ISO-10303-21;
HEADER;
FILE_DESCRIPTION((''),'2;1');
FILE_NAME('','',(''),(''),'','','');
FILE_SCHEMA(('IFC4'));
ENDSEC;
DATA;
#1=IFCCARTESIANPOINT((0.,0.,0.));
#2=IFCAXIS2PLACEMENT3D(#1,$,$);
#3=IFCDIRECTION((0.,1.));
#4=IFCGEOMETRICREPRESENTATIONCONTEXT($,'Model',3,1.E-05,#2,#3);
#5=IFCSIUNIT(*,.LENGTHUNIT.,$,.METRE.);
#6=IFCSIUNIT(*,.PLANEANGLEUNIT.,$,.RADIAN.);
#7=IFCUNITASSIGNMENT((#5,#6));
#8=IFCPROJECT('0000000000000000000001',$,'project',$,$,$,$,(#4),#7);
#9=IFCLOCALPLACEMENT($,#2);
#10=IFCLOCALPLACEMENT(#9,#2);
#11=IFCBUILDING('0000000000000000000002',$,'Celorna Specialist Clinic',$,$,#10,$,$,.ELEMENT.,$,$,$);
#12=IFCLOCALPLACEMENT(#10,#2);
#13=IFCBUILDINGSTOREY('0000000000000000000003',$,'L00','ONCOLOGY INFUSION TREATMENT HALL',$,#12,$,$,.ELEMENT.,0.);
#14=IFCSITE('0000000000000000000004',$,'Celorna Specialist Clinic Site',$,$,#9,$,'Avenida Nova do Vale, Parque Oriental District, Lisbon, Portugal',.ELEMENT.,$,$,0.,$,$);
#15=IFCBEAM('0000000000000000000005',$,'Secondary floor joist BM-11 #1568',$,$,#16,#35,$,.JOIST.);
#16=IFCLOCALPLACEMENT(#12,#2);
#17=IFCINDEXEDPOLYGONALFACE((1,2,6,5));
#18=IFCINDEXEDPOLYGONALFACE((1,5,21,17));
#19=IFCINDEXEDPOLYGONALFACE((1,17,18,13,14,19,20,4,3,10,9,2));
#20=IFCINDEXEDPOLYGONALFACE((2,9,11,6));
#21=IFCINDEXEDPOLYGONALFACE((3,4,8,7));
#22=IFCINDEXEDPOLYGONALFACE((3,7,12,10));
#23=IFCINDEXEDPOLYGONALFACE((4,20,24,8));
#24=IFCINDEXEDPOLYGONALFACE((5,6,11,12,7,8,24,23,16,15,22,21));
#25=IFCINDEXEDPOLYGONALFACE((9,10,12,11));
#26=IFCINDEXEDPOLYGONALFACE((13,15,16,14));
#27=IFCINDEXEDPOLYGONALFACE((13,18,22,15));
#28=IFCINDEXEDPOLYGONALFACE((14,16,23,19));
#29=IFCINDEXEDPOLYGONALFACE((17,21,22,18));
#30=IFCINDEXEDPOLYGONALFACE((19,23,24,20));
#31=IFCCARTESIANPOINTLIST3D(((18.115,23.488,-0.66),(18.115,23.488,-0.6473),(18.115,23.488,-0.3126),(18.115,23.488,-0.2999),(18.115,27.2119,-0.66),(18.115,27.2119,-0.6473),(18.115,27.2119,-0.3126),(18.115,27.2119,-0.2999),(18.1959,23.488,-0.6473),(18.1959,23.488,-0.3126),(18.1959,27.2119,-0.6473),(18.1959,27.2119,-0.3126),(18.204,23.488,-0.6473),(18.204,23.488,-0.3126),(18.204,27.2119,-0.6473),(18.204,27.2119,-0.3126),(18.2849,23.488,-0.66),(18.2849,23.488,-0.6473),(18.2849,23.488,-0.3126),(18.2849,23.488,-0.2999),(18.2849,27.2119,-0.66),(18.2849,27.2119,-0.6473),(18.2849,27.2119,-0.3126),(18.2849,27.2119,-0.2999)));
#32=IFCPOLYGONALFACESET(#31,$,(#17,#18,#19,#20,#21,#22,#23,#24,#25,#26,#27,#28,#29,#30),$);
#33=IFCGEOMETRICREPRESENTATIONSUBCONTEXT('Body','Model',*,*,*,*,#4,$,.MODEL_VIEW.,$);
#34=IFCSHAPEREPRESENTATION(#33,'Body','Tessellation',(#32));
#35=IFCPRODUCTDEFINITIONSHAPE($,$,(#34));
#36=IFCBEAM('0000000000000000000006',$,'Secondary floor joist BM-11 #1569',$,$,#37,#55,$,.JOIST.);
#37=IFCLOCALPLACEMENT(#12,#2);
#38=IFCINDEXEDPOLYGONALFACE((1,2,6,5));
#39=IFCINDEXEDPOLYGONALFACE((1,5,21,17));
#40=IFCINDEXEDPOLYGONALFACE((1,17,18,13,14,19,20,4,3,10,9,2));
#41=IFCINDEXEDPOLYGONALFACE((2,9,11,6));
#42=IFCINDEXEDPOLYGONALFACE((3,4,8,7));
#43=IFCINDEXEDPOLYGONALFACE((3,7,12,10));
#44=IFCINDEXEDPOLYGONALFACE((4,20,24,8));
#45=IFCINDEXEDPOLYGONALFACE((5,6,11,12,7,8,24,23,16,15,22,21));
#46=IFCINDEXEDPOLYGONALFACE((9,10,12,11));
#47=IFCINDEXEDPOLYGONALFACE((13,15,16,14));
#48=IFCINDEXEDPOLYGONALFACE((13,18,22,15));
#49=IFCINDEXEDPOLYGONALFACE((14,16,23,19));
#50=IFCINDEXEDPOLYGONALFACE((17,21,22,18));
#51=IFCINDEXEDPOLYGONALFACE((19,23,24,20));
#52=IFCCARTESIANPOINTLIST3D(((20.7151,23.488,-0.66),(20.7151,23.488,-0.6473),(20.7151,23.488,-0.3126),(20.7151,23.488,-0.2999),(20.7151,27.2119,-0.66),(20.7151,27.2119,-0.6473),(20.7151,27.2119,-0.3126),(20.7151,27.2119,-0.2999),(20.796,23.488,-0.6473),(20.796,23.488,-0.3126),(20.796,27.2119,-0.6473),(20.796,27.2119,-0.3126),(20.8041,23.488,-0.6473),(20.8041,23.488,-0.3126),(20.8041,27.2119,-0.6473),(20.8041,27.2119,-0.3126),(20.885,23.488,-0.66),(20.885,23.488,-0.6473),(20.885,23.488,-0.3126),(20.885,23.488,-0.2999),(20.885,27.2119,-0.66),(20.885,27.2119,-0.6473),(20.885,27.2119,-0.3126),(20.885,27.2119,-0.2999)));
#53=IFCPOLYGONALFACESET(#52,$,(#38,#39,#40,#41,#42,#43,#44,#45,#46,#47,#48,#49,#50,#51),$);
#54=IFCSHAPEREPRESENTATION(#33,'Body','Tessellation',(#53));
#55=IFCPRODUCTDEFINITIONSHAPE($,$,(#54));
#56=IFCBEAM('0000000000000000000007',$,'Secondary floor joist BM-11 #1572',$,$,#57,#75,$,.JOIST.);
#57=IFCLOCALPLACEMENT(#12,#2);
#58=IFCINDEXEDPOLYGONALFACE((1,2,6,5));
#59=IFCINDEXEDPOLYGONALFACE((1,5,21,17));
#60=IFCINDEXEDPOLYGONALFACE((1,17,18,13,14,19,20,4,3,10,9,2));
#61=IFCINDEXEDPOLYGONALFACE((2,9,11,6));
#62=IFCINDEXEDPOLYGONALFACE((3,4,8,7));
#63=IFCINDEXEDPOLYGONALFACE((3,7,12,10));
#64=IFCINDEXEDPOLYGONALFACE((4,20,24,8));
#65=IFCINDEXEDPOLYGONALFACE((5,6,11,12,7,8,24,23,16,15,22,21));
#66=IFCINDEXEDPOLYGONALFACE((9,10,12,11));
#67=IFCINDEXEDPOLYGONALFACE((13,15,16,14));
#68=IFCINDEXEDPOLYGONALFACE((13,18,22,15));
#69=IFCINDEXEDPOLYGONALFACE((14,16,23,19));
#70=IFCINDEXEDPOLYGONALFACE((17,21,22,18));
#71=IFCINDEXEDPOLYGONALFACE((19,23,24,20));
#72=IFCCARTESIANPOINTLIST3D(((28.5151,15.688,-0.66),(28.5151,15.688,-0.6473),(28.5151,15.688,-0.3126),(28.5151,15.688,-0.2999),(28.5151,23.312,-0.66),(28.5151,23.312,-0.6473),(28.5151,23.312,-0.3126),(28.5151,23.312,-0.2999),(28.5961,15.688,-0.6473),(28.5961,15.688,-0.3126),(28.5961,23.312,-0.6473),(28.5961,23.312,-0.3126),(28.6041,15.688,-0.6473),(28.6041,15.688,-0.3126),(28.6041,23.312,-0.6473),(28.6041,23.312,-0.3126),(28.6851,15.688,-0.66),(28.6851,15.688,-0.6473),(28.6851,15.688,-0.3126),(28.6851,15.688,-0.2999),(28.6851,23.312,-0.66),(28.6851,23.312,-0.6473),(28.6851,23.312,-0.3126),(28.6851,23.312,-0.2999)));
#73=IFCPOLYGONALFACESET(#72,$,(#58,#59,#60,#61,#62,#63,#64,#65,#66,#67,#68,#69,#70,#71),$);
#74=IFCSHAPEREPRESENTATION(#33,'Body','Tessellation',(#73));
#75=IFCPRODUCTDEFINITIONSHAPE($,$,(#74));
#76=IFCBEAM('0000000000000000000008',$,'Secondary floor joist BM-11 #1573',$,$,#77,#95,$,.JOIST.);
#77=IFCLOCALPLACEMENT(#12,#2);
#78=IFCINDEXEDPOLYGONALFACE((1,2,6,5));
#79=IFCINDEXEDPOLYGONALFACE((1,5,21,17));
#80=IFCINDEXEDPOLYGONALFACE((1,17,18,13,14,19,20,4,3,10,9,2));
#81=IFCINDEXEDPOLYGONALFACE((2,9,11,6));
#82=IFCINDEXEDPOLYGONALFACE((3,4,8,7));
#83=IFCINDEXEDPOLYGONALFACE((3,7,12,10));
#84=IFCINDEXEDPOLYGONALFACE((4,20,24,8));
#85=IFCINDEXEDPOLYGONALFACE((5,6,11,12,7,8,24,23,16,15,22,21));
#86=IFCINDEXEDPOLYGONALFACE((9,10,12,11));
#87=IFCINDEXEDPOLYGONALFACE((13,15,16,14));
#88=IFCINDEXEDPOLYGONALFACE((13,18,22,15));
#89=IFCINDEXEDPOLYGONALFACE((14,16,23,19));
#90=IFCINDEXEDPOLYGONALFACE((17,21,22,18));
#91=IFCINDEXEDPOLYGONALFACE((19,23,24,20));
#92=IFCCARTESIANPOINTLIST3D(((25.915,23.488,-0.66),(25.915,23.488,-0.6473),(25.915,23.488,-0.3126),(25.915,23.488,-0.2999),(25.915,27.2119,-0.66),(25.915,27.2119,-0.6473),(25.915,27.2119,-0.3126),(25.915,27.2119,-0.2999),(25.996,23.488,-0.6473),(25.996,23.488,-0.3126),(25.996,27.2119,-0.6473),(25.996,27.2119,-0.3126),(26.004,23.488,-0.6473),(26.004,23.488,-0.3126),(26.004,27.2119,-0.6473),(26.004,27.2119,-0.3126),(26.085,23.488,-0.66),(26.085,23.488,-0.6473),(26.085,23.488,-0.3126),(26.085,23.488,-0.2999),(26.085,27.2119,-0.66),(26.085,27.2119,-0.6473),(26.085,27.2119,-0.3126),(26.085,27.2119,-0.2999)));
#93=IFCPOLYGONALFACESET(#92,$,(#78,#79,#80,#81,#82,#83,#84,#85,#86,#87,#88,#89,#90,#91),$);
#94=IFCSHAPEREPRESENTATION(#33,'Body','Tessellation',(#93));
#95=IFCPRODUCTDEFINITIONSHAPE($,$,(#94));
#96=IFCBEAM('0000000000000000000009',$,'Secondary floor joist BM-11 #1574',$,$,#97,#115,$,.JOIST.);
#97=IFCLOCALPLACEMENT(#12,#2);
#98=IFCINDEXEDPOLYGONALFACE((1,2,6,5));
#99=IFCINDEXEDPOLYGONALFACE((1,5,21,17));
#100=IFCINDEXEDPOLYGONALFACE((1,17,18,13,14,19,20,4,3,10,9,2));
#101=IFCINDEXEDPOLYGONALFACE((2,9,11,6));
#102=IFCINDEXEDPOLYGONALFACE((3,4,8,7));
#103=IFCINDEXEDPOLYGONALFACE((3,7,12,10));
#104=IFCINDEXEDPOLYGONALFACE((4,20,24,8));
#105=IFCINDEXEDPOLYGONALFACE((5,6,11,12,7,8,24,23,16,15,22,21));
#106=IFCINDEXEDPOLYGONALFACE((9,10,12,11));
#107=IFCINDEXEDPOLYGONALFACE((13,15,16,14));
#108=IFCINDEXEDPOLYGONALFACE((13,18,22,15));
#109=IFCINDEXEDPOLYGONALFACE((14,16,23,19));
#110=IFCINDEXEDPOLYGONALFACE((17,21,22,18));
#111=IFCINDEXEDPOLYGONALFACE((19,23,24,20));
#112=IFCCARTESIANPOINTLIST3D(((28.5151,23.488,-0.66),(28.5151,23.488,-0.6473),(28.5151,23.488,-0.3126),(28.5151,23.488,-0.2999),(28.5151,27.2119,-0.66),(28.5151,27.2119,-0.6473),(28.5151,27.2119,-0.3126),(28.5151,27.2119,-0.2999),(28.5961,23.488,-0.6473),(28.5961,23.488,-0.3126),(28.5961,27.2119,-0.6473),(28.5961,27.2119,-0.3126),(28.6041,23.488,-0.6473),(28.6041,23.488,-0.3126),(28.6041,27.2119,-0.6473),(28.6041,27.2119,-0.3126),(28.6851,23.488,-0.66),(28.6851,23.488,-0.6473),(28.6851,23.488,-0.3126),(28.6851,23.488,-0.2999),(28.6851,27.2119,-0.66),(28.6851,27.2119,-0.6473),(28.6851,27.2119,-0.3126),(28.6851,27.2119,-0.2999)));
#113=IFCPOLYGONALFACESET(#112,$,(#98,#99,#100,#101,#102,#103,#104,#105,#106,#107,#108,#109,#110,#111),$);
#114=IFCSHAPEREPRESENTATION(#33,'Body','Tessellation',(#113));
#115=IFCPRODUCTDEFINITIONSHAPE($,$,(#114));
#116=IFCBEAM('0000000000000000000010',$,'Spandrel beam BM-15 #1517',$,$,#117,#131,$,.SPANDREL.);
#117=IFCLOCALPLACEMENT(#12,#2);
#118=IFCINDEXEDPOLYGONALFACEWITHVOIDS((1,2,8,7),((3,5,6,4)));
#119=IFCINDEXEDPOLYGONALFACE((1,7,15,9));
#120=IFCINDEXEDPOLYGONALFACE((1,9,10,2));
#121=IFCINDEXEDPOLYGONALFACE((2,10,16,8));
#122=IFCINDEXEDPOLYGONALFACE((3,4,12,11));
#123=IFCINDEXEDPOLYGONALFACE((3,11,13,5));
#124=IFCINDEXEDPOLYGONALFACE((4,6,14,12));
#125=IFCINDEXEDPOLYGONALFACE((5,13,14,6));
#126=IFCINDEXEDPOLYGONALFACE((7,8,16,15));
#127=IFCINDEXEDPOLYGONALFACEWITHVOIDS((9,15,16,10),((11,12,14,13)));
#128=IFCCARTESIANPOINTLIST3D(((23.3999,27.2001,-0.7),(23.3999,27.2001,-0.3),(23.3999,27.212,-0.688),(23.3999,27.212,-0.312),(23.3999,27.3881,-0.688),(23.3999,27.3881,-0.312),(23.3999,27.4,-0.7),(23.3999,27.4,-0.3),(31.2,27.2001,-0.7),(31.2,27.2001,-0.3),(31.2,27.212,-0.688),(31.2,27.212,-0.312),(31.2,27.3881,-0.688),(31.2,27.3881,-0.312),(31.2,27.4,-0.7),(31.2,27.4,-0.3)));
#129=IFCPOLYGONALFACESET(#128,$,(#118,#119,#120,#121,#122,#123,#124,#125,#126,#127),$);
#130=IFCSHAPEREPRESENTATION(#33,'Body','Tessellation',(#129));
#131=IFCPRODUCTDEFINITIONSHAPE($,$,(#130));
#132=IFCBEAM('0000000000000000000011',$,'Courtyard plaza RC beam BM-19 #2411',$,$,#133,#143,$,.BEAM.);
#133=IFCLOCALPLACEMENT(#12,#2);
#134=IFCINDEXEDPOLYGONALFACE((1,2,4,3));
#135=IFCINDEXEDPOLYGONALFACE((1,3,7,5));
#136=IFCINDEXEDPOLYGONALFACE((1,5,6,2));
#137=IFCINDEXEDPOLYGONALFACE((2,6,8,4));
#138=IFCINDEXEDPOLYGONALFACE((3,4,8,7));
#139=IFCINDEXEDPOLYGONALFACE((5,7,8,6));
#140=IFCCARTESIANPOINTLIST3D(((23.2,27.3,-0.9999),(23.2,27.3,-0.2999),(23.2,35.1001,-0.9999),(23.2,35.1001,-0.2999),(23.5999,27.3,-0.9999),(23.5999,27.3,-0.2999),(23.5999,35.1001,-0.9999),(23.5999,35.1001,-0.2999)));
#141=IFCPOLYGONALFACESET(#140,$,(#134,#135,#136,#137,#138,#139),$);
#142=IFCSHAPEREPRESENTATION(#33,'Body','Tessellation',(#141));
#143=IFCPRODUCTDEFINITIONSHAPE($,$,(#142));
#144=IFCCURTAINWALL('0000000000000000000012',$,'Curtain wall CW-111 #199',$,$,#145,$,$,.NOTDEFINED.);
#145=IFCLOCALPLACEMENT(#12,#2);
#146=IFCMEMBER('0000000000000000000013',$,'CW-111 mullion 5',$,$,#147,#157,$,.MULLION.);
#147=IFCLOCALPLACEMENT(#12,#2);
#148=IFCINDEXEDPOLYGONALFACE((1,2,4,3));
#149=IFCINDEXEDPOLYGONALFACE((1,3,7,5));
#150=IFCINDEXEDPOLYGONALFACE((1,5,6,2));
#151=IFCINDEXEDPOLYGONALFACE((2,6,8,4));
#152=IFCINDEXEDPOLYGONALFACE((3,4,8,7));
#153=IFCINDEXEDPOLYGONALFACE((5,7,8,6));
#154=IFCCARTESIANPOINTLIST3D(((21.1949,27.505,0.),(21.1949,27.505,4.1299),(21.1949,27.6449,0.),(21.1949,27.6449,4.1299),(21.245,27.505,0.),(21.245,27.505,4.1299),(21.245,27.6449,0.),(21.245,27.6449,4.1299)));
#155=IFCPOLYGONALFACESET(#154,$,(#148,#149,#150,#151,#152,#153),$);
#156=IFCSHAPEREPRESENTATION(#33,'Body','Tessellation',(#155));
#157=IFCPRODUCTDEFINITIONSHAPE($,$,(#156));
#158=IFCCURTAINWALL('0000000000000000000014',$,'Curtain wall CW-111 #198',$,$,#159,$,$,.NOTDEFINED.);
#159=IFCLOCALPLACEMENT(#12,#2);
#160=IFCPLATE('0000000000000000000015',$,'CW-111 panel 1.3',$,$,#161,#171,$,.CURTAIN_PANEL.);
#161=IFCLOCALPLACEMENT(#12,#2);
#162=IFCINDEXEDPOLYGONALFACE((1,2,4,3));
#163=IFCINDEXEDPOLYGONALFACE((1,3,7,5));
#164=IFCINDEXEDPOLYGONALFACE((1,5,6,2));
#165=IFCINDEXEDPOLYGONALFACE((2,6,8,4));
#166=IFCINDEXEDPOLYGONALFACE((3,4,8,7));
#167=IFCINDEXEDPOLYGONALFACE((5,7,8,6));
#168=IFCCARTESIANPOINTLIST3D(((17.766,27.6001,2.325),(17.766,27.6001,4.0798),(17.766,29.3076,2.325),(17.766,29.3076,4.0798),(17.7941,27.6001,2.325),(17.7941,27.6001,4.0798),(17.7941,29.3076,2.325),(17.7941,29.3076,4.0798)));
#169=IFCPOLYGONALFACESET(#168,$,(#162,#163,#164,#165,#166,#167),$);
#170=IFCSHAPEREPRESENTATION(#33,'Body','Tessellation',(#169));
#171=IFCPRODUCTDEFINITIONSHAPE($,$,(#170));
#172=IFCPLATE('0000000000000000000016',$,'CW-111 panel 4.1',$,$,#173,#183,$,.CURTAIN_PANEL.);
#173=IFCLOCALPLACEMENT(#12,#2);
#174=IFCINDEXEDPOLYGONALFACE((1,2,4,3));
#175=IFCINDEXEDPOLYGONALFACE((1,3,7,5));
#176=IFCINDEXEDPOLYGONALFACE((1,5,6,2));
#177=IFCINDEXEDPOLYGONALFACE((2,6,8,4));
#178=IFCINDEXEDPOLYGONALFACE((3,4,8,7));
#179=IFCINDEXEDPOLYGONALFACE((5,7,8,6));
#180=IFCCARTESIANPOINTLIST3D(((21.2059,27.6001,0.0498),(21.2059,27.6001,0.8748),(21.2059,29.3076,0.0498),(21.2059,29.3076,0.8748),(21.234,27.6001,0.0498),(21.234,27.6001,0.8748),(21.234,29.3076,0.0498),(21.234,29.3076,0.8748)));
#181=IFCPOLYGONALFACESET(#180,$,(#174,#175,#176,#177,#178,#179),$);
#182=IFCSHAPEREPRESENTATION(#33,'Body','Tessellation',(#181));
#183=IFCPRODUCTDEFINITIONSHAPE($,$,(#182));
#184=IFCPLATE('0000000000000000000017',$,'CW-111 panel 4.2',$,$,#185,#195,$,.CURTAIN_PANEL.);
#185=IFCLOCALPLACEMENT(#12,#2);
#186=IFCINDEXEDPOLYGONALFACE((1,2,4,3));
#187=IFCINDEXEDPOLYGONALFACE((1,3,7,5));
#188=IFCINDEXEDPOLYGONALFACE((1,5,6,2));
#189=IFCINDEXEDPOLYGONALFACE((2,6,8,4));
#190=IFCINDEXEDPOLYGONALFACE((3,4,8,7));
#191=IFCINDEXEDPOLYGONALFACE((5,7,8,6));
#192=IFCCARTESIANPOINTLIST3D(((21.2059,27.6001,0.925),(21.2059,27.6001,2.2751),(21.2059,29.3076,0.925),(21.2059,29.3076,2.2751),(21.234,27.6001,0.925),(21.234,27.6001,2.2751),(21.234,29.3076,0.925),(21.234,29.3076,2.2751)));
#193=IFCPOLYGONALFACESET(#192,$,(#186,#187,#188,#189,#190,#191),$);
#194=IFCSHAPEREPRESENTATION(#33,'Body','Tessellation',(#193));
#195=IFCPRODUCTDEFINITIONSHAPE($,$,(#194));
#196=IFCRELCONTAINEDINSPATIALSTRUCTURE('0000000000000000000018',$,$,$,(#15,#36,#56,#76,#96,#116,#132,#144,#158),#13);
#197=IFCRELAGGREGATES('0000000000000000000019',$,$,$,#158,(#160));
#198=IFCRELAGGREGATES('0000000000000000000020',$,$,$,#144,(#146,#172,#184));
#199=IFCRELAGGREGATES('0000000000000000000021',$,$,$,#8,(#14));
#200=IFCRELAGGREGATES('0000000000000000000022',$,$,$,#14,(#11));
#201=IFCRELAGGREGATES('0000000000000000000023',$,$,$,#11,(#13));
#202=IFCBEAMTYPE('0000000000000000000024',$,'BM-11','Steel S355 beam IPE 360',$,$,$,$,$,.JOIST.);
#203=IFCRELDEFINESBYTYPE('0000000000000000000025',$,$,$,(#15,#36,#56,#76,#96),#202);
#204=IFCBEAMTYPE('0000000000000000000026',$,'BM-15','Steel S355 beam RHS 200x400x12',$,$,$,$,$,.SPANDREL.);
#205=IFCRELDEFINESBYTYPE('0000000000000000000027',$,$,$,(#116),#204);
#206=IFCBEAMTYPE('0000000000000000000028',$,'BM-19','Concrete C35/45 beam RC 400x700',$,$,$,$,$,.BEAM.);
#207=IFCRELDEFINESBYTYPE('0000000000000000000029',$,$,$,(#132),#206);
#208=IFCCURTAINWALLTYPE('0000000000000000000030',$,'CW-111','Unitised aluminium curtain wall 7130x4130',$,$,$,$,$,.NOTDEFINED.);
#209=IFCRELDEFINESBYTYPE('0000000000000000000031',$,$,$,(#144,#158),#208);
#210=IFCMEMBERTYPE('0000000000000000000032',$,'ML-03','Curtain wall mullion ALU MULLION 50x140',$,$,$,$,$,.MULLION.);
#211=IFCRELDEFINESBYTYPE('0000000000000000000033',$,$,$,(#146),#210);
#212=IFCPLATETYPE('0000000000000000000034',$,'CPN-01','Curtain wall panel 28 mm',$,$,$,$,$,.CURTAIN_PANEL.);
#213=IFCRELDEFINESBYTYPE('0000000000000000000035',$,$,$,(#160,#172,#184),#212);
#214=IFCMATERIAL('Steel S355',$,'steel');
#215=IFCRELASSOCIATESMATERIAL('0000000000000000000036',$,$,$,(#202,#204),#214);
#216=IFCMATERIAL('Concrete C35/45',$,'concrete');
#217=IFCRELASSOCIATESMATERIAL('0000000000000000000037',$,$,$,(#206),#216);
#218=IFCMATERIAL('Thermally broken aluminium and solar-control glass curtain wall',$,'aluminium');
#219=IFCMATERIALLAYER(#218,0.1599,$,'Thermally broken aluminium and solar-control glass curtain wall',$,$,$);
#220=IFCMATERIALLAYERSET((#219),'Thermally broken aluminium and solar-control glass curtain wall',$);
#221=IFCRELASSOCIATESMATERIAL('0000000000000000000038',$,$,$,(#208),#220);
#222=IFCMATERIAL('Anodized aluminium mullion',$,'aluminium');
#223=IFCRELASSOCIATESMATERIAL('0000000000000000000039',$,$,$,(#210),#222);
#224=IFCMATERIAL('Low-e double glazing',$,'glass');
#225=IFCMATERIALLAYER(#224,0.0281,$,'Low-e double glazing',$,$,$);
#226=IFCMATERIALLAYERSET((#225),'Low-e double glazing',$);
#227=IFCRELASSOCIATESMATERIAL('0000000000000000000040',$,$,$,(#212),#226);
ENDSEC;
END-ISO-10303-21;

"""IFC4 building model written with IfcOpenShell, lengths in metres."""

from ifc_helpers import new_model, si_unit, direction, frame, origin, origin_2d, place, context, subcontext, project, spatial, rectangle, hollow_rectangle, i_section, extrude, material, layer, layer_set, material_profile, profile_set, type_object, element, aggregate, save


model = new_model("IFC4")

# Units and contexts
model_context = context("Model", 3, precision=1e-05, world=origin(), true_north=direction((0.0, 1.0)))
body_context = subcontext(model_context, "Body", "Model", "MODEL_VIEW")
ifc_project = project(units=[si_unit("LENGTHUNIT", "METRE"), si_unit("PLANEANGLEUNIT", "RADIAN")], contexts=[model_context])

# Site, building, storey
site_placement = place(None, origin())
site = spatial("IfcSite", under=ifc_project, at=site_placement, Name="Celorna Specialist Clinic Site", LongName="Avenida Nova do Vale, Parque Oriental District, Lisbon, Portugal", CompositionType="ELEMENT", RefElevation=0.0)
building_placement = place(site_placement, origin())
building = spatial("IfcBuilding", under=site, at=building_placement, Name="Celorna Specialist Clinic", CompositionType="ELEMENT")
storey_placement = place(building_placement, origin())
storey = spatial("IfcBuildingStorey", under=building, at=storey_placement, Name="L00", Description="ONCOLOGY INFUSION TREATMENT HALL", CompositionType="ELEMENT", Elevation=0.0)

# Shared definitions
ifc_material_1 = material(Name="Steel S355", Category="steel")

# Beams
ifc_material_profile_1 = material_profile(ifc_material_1, i_section(OverallWidth=0.1699, OverallDepth=0.3601, WebThickness=0.0081, FlangeThickness=0.0127, at=origin_2d()), Name="IPE 360")
ifc_profile_set_1 = profile_set([ifc_material_profile_1], Name="Steel S355")
beam_type_1 = type_object("IfcBeamType", Name="BM-11", Description="Steel S355 beam IPE 360", PredefinedType="JOIST", material=ifc_profile_set_1)
for number, where, z_axis, x_axis, name in (
    (1, (18.2, 23.488, -0.48), (0.0, 1.0, 0.0), (-1.0, 0.0, 0.0), "Secondary floor joist BM-11 #1568"),
    (2, (20.8, 23.488, -0.48), (0.0, 1.0, 0.0), (-1.0, 0.0, 0.0), "Secondary floor joist BM-11 #1569"),
):
    element("IfcBeam", number, at=place(storey_placement, frame(where, z_axis=z_axis, x_axis=x_axis)), inside=storey, type_object=beam_type_1, Name=name, PredefinedType="JOIST", context=body_context, shape_type="SweptSolid", body=[
        extrude(i_section(OverallWidth=0.1699, OverallDepth=0.3601, WebThickness=0.0081, FlangeThickness=0.0127, at=origin_2d()), origin(), (0.0, 0.0, 1.0), 3.7239),
    ])
beam_1_placement = place(storey_placement, frame((28.6001, 15.688, -0.48), z_axis=(0.0, 1.0, 0.0), x_axis=(-1.0, 0.0, 0.0)))
element("IfcBeam", 3, at=beam_1_placement, inside=storey, type_object=beam_type_1, Name="Secondary floor joist BM-11 #1572", PredefinedType="JOIST", context=body_context, shape_type="SweptSolid", body=[
    extrude(i_section(OverallWidth=0.1699, OverallDepth=0.3601, WebThickness=0.0081, FlangeThickness=0.0127, at=origin_2d()), origin(), (0.0, 0.0, 1.0), 7.624),
])
for number, where, z_axis, x_axis, name in (
    (4, (26.0, 23.488, -0.48), (0.0, 1.0, 0.0), (-1.0, 0.0, 0.0), "Secondary floor joist BM-11 #1573"),
    (5, (28.6001, 23.488, -0.48), (0.0, 1.0, 0.0), (-1.0, 0.0, 0.0), "Secondary floor joist BM-11 #1574"),
):
    element("IfcBeam", number, at=place(storey_placement, frame(where, z_axis=z_axis, x_axis=x_axis)), inside=storey, type_object=beam_type_1, Name=name, PredefinedType="JOIST", context=body_context, shape_type="SweptSolid", body=[
        extrude(i_section(OverallWidth=0.1699, OverallDepth=0.3601, WebThickness=0.0081, FlangeThickness=0.0127, at=origin_2d()), origin(), (0.0, 0.0, 1.0), 3.7239),
    ])
ifc_material_profile_2 = material_profile(ifc_material_1, hollow_rectangle(XDim=0.2, YDim=0.3999, WallThickness=0.012, at=origin_2d()), Name="RHS 200x400x12")
ifc_profile_set_2 = profile_set([ifc_material_profile_2], Name="Steel S355")
beam_type_2 = type_object("IfcBeamType", Name="BM-15", Description="Steel S355 beam RHS 200x400x12", PredefinedType="SPANDREL", material=ifc_profile_set_2)
beam_2_placement = place(storey_placement, frame((23.3999, 27.3, -0.5), z_axis=(1.0, 0.0, 0.0), x_axis=(0.0, 1.0, 0.0)))
element("IfcBeam", 6, at=beam_2_placement, inside=storey, type_object=beam_type_2, Name="Spandrel beam BM-15 #1517", PredefinedType="SPANDREL", context=body_context, shape_type="SweptSolid", body=[
    extrude(hollow_rectangle(XDim=0.2, YDim=0.3999, WallThickness=0.012, at=origin_2d()), origin(), (0.0, 0.0, 1.0), 7.8),
])
ifc_material_2 = material(Name="Concrete C35/45", Category="concrete")
ifc_material_profile_3 = material_profile(ifc_material_2, rectangle(XDim=0.3999, YDim=0.7, at=origin_2d()), Name="RC 400x700")
ifc_profile_set_3 = profile_set([ifc_material_profile_3], Name="Concrete C35/45")
beam_type_3 = type_object("IfcBeamType", Name="BM-19", Description="Concrete C35/45 beam RC 400x700", PredefinedType="BEAM", material=ifc_profile_set_3)
beam_3_placement = place(storey_placement, frame((23.3999, 27.3, -0.6499), z_axis=(0.0, 1.0, 0.0), x_axis=(-1.0, 0.0, 0.0)))
element("IfcBeam", 7, at=beam_3_placement, inside=storey, type_object=beam_type_3, Name="Courtyard plaza RC beam BM-19 #2411", PredefinedType="BEAM", context=body_context, shape_type="SweptSolid", body=[
    extrude(rectangle(XDim=0.3999, YDim=0.7, at=origin_2d()), origin(), (0.0, 0.0, 1.0), 7.8),
])

# Curtain wall, member
ifc_material_3 = material(Name="Thermally broken aluminium and solar-control glass curtain wall", Category="aluminium")
ifc_layer_1 = layer(ifc_material_3, 0.1599, Name="Thermally broken aluminium and solar-control glass curtain wall")
ifc_layer_set_1 = layer_set([ifc_layer_1], Name="Thermally broken aluminium and solar-control glass curtain wall")
curtain_wall_type = type_object("IfcCurtainWallType", Name="CW-111", Description="Unitised aluminium curtain wall 7130x4130", PredefinedType="NOTDEFINED", material=ifc_layer_set_1)
curtain_wall_1_placement = place(storey_placement, origin())
curtain_wall_1 = element("IfcCurtainWall", 8, at=curtain_wall_1_placement, inside=storey, type_object=curtain_wall_type, Name="Curtain wall CW-111 #199", PredefinedType="NOTDEFINED")
ifc_material_4 = material(Name="Anodized aluminium mullion", Category="aluminium")
ifc_material_profile_4 = material_profile(ifc_material_4, rectangle(XDim=0.05, YDim=0.1399, at=origin_2d()), Name="ALU MULLION 50x140")
ifc_profile_set_4 = profile_set([ifc_material_profile_4], Name="Anodized aluminium mullion")
member_type = type_object("IfcMemberType", Name="ML-03", Description="Curtain wall mullion ALU MULLION 50x140", PredefinedType="MULLION", material=ifc_profile_set_4)
member_placement = place(storey_placement, frame((21.22, 27.575, 0.0), z_axis=(0.0, 0.0, 1.0), x_axis=(1.0, 0.0, 0.0)))
member = element("IfcMember", 9, at=member_placement, type_object=member_type, Name="CW-111 mullion 5", PredefinedType="MULLION", context=body_context, shape_type="SweptSolid", body=[
    extrude(rectangle(XDim=0.05, YDim=0.1399, at=origin_2d()), origin(), (0.0, 0.0, 1.0), 4.1299),
])

# Curtain wall, plate
curtain_wall_2_placement = place(storey_placement, origin())
curtain_wall_2 = element("IfcCurtainWall", 10, at=curtain_wall_2_placement, inside=storey, type_object=curtain_wall_type, Name="Curtain wall CW-111 #198", PredefinedType="NOTDEFINED")
ifc_material_5 = material(Name="Low-e double glazing", Category="glass")
ifc_layer_2 = layer(ifc_material_5, 0.0281, Name="Low-e double glazing")
ifc_layer_set_2 = layer_set([ifc_layer_2], Name="Low-e double glazing")
plate_type_1 = type_object("IfcPlateType", Name="CPN-01", Description="Curtain wall panel 28 mm", PredefinedType="CURTAIN_PANEL", material=ifc_layer_set_2)
plate_1_placement = place(storey_placement, frame((17.78, 28.4539, 2.325), z_axis=(0.0, 0.0, 1.0), x_axis=(0.0, 1.0, 0.0)))
plate_1 = element("IfcPlate", 11, at=plate_1_placement, type_object=plate_type_1, Name="CW-111 panel 1.3", PredefinedType="CURTAIN_PANEL", context=body_context, shape_type="SweptSolid", body=[
    extrude(rectangle(XDim=1.7075, YDim=0.0281, at=origin_2d()), origin(), (0.0, 0.0, 1.0), 1.7549),
])
aggregate(curtain_wall_2, [plate_1])

# Plates
plate_2_placement = place(storey_placement, frame((21.22, 28.4539, 0.0498), z_axis=(0.0, 0.0, 1.0), x_axis=(0.0, -1.0, 0.0)))
plate_2 = element("IfcPlate", 12, at=plate_2_placement, type_object=plate_type_1, Name="CW-111 panel 4.1", PredefinedType="CURTAIN_PANEL", context=body_context, shape_type="SweptSolid", body=[
    extrude(rectangle(XDim=1.7075, YDim=0.0281, at=origin_2d()), origin(), (0.0, 0.0, 1.0), 0.825),
])
plate_3_placement = place(storey_placement, frame((21.22, 28.4539, 0.925), z_axis=(0.0, 0.0, 1.0), x_axis=(0.0, -1.0, 0.0)))
plate_3 = element("IfcPlate", 13, at=plate_3_placement, type_object=plate_type_1, Name="CW-111 panel 4.2", PredefinedType="CURTAIN_PANEL", context=body_context, shape_type="SweptSolid", body=[
    extrude(rectangle(XDim=1.7075, YDim=0.0281, at=origin_2d()), origin(), (0.0, 0.0, 1.0), 1.3501),
])
aggregate(curtain_wall_1, [member, plate_2, plate_3])

save(model, "model.ifc")
